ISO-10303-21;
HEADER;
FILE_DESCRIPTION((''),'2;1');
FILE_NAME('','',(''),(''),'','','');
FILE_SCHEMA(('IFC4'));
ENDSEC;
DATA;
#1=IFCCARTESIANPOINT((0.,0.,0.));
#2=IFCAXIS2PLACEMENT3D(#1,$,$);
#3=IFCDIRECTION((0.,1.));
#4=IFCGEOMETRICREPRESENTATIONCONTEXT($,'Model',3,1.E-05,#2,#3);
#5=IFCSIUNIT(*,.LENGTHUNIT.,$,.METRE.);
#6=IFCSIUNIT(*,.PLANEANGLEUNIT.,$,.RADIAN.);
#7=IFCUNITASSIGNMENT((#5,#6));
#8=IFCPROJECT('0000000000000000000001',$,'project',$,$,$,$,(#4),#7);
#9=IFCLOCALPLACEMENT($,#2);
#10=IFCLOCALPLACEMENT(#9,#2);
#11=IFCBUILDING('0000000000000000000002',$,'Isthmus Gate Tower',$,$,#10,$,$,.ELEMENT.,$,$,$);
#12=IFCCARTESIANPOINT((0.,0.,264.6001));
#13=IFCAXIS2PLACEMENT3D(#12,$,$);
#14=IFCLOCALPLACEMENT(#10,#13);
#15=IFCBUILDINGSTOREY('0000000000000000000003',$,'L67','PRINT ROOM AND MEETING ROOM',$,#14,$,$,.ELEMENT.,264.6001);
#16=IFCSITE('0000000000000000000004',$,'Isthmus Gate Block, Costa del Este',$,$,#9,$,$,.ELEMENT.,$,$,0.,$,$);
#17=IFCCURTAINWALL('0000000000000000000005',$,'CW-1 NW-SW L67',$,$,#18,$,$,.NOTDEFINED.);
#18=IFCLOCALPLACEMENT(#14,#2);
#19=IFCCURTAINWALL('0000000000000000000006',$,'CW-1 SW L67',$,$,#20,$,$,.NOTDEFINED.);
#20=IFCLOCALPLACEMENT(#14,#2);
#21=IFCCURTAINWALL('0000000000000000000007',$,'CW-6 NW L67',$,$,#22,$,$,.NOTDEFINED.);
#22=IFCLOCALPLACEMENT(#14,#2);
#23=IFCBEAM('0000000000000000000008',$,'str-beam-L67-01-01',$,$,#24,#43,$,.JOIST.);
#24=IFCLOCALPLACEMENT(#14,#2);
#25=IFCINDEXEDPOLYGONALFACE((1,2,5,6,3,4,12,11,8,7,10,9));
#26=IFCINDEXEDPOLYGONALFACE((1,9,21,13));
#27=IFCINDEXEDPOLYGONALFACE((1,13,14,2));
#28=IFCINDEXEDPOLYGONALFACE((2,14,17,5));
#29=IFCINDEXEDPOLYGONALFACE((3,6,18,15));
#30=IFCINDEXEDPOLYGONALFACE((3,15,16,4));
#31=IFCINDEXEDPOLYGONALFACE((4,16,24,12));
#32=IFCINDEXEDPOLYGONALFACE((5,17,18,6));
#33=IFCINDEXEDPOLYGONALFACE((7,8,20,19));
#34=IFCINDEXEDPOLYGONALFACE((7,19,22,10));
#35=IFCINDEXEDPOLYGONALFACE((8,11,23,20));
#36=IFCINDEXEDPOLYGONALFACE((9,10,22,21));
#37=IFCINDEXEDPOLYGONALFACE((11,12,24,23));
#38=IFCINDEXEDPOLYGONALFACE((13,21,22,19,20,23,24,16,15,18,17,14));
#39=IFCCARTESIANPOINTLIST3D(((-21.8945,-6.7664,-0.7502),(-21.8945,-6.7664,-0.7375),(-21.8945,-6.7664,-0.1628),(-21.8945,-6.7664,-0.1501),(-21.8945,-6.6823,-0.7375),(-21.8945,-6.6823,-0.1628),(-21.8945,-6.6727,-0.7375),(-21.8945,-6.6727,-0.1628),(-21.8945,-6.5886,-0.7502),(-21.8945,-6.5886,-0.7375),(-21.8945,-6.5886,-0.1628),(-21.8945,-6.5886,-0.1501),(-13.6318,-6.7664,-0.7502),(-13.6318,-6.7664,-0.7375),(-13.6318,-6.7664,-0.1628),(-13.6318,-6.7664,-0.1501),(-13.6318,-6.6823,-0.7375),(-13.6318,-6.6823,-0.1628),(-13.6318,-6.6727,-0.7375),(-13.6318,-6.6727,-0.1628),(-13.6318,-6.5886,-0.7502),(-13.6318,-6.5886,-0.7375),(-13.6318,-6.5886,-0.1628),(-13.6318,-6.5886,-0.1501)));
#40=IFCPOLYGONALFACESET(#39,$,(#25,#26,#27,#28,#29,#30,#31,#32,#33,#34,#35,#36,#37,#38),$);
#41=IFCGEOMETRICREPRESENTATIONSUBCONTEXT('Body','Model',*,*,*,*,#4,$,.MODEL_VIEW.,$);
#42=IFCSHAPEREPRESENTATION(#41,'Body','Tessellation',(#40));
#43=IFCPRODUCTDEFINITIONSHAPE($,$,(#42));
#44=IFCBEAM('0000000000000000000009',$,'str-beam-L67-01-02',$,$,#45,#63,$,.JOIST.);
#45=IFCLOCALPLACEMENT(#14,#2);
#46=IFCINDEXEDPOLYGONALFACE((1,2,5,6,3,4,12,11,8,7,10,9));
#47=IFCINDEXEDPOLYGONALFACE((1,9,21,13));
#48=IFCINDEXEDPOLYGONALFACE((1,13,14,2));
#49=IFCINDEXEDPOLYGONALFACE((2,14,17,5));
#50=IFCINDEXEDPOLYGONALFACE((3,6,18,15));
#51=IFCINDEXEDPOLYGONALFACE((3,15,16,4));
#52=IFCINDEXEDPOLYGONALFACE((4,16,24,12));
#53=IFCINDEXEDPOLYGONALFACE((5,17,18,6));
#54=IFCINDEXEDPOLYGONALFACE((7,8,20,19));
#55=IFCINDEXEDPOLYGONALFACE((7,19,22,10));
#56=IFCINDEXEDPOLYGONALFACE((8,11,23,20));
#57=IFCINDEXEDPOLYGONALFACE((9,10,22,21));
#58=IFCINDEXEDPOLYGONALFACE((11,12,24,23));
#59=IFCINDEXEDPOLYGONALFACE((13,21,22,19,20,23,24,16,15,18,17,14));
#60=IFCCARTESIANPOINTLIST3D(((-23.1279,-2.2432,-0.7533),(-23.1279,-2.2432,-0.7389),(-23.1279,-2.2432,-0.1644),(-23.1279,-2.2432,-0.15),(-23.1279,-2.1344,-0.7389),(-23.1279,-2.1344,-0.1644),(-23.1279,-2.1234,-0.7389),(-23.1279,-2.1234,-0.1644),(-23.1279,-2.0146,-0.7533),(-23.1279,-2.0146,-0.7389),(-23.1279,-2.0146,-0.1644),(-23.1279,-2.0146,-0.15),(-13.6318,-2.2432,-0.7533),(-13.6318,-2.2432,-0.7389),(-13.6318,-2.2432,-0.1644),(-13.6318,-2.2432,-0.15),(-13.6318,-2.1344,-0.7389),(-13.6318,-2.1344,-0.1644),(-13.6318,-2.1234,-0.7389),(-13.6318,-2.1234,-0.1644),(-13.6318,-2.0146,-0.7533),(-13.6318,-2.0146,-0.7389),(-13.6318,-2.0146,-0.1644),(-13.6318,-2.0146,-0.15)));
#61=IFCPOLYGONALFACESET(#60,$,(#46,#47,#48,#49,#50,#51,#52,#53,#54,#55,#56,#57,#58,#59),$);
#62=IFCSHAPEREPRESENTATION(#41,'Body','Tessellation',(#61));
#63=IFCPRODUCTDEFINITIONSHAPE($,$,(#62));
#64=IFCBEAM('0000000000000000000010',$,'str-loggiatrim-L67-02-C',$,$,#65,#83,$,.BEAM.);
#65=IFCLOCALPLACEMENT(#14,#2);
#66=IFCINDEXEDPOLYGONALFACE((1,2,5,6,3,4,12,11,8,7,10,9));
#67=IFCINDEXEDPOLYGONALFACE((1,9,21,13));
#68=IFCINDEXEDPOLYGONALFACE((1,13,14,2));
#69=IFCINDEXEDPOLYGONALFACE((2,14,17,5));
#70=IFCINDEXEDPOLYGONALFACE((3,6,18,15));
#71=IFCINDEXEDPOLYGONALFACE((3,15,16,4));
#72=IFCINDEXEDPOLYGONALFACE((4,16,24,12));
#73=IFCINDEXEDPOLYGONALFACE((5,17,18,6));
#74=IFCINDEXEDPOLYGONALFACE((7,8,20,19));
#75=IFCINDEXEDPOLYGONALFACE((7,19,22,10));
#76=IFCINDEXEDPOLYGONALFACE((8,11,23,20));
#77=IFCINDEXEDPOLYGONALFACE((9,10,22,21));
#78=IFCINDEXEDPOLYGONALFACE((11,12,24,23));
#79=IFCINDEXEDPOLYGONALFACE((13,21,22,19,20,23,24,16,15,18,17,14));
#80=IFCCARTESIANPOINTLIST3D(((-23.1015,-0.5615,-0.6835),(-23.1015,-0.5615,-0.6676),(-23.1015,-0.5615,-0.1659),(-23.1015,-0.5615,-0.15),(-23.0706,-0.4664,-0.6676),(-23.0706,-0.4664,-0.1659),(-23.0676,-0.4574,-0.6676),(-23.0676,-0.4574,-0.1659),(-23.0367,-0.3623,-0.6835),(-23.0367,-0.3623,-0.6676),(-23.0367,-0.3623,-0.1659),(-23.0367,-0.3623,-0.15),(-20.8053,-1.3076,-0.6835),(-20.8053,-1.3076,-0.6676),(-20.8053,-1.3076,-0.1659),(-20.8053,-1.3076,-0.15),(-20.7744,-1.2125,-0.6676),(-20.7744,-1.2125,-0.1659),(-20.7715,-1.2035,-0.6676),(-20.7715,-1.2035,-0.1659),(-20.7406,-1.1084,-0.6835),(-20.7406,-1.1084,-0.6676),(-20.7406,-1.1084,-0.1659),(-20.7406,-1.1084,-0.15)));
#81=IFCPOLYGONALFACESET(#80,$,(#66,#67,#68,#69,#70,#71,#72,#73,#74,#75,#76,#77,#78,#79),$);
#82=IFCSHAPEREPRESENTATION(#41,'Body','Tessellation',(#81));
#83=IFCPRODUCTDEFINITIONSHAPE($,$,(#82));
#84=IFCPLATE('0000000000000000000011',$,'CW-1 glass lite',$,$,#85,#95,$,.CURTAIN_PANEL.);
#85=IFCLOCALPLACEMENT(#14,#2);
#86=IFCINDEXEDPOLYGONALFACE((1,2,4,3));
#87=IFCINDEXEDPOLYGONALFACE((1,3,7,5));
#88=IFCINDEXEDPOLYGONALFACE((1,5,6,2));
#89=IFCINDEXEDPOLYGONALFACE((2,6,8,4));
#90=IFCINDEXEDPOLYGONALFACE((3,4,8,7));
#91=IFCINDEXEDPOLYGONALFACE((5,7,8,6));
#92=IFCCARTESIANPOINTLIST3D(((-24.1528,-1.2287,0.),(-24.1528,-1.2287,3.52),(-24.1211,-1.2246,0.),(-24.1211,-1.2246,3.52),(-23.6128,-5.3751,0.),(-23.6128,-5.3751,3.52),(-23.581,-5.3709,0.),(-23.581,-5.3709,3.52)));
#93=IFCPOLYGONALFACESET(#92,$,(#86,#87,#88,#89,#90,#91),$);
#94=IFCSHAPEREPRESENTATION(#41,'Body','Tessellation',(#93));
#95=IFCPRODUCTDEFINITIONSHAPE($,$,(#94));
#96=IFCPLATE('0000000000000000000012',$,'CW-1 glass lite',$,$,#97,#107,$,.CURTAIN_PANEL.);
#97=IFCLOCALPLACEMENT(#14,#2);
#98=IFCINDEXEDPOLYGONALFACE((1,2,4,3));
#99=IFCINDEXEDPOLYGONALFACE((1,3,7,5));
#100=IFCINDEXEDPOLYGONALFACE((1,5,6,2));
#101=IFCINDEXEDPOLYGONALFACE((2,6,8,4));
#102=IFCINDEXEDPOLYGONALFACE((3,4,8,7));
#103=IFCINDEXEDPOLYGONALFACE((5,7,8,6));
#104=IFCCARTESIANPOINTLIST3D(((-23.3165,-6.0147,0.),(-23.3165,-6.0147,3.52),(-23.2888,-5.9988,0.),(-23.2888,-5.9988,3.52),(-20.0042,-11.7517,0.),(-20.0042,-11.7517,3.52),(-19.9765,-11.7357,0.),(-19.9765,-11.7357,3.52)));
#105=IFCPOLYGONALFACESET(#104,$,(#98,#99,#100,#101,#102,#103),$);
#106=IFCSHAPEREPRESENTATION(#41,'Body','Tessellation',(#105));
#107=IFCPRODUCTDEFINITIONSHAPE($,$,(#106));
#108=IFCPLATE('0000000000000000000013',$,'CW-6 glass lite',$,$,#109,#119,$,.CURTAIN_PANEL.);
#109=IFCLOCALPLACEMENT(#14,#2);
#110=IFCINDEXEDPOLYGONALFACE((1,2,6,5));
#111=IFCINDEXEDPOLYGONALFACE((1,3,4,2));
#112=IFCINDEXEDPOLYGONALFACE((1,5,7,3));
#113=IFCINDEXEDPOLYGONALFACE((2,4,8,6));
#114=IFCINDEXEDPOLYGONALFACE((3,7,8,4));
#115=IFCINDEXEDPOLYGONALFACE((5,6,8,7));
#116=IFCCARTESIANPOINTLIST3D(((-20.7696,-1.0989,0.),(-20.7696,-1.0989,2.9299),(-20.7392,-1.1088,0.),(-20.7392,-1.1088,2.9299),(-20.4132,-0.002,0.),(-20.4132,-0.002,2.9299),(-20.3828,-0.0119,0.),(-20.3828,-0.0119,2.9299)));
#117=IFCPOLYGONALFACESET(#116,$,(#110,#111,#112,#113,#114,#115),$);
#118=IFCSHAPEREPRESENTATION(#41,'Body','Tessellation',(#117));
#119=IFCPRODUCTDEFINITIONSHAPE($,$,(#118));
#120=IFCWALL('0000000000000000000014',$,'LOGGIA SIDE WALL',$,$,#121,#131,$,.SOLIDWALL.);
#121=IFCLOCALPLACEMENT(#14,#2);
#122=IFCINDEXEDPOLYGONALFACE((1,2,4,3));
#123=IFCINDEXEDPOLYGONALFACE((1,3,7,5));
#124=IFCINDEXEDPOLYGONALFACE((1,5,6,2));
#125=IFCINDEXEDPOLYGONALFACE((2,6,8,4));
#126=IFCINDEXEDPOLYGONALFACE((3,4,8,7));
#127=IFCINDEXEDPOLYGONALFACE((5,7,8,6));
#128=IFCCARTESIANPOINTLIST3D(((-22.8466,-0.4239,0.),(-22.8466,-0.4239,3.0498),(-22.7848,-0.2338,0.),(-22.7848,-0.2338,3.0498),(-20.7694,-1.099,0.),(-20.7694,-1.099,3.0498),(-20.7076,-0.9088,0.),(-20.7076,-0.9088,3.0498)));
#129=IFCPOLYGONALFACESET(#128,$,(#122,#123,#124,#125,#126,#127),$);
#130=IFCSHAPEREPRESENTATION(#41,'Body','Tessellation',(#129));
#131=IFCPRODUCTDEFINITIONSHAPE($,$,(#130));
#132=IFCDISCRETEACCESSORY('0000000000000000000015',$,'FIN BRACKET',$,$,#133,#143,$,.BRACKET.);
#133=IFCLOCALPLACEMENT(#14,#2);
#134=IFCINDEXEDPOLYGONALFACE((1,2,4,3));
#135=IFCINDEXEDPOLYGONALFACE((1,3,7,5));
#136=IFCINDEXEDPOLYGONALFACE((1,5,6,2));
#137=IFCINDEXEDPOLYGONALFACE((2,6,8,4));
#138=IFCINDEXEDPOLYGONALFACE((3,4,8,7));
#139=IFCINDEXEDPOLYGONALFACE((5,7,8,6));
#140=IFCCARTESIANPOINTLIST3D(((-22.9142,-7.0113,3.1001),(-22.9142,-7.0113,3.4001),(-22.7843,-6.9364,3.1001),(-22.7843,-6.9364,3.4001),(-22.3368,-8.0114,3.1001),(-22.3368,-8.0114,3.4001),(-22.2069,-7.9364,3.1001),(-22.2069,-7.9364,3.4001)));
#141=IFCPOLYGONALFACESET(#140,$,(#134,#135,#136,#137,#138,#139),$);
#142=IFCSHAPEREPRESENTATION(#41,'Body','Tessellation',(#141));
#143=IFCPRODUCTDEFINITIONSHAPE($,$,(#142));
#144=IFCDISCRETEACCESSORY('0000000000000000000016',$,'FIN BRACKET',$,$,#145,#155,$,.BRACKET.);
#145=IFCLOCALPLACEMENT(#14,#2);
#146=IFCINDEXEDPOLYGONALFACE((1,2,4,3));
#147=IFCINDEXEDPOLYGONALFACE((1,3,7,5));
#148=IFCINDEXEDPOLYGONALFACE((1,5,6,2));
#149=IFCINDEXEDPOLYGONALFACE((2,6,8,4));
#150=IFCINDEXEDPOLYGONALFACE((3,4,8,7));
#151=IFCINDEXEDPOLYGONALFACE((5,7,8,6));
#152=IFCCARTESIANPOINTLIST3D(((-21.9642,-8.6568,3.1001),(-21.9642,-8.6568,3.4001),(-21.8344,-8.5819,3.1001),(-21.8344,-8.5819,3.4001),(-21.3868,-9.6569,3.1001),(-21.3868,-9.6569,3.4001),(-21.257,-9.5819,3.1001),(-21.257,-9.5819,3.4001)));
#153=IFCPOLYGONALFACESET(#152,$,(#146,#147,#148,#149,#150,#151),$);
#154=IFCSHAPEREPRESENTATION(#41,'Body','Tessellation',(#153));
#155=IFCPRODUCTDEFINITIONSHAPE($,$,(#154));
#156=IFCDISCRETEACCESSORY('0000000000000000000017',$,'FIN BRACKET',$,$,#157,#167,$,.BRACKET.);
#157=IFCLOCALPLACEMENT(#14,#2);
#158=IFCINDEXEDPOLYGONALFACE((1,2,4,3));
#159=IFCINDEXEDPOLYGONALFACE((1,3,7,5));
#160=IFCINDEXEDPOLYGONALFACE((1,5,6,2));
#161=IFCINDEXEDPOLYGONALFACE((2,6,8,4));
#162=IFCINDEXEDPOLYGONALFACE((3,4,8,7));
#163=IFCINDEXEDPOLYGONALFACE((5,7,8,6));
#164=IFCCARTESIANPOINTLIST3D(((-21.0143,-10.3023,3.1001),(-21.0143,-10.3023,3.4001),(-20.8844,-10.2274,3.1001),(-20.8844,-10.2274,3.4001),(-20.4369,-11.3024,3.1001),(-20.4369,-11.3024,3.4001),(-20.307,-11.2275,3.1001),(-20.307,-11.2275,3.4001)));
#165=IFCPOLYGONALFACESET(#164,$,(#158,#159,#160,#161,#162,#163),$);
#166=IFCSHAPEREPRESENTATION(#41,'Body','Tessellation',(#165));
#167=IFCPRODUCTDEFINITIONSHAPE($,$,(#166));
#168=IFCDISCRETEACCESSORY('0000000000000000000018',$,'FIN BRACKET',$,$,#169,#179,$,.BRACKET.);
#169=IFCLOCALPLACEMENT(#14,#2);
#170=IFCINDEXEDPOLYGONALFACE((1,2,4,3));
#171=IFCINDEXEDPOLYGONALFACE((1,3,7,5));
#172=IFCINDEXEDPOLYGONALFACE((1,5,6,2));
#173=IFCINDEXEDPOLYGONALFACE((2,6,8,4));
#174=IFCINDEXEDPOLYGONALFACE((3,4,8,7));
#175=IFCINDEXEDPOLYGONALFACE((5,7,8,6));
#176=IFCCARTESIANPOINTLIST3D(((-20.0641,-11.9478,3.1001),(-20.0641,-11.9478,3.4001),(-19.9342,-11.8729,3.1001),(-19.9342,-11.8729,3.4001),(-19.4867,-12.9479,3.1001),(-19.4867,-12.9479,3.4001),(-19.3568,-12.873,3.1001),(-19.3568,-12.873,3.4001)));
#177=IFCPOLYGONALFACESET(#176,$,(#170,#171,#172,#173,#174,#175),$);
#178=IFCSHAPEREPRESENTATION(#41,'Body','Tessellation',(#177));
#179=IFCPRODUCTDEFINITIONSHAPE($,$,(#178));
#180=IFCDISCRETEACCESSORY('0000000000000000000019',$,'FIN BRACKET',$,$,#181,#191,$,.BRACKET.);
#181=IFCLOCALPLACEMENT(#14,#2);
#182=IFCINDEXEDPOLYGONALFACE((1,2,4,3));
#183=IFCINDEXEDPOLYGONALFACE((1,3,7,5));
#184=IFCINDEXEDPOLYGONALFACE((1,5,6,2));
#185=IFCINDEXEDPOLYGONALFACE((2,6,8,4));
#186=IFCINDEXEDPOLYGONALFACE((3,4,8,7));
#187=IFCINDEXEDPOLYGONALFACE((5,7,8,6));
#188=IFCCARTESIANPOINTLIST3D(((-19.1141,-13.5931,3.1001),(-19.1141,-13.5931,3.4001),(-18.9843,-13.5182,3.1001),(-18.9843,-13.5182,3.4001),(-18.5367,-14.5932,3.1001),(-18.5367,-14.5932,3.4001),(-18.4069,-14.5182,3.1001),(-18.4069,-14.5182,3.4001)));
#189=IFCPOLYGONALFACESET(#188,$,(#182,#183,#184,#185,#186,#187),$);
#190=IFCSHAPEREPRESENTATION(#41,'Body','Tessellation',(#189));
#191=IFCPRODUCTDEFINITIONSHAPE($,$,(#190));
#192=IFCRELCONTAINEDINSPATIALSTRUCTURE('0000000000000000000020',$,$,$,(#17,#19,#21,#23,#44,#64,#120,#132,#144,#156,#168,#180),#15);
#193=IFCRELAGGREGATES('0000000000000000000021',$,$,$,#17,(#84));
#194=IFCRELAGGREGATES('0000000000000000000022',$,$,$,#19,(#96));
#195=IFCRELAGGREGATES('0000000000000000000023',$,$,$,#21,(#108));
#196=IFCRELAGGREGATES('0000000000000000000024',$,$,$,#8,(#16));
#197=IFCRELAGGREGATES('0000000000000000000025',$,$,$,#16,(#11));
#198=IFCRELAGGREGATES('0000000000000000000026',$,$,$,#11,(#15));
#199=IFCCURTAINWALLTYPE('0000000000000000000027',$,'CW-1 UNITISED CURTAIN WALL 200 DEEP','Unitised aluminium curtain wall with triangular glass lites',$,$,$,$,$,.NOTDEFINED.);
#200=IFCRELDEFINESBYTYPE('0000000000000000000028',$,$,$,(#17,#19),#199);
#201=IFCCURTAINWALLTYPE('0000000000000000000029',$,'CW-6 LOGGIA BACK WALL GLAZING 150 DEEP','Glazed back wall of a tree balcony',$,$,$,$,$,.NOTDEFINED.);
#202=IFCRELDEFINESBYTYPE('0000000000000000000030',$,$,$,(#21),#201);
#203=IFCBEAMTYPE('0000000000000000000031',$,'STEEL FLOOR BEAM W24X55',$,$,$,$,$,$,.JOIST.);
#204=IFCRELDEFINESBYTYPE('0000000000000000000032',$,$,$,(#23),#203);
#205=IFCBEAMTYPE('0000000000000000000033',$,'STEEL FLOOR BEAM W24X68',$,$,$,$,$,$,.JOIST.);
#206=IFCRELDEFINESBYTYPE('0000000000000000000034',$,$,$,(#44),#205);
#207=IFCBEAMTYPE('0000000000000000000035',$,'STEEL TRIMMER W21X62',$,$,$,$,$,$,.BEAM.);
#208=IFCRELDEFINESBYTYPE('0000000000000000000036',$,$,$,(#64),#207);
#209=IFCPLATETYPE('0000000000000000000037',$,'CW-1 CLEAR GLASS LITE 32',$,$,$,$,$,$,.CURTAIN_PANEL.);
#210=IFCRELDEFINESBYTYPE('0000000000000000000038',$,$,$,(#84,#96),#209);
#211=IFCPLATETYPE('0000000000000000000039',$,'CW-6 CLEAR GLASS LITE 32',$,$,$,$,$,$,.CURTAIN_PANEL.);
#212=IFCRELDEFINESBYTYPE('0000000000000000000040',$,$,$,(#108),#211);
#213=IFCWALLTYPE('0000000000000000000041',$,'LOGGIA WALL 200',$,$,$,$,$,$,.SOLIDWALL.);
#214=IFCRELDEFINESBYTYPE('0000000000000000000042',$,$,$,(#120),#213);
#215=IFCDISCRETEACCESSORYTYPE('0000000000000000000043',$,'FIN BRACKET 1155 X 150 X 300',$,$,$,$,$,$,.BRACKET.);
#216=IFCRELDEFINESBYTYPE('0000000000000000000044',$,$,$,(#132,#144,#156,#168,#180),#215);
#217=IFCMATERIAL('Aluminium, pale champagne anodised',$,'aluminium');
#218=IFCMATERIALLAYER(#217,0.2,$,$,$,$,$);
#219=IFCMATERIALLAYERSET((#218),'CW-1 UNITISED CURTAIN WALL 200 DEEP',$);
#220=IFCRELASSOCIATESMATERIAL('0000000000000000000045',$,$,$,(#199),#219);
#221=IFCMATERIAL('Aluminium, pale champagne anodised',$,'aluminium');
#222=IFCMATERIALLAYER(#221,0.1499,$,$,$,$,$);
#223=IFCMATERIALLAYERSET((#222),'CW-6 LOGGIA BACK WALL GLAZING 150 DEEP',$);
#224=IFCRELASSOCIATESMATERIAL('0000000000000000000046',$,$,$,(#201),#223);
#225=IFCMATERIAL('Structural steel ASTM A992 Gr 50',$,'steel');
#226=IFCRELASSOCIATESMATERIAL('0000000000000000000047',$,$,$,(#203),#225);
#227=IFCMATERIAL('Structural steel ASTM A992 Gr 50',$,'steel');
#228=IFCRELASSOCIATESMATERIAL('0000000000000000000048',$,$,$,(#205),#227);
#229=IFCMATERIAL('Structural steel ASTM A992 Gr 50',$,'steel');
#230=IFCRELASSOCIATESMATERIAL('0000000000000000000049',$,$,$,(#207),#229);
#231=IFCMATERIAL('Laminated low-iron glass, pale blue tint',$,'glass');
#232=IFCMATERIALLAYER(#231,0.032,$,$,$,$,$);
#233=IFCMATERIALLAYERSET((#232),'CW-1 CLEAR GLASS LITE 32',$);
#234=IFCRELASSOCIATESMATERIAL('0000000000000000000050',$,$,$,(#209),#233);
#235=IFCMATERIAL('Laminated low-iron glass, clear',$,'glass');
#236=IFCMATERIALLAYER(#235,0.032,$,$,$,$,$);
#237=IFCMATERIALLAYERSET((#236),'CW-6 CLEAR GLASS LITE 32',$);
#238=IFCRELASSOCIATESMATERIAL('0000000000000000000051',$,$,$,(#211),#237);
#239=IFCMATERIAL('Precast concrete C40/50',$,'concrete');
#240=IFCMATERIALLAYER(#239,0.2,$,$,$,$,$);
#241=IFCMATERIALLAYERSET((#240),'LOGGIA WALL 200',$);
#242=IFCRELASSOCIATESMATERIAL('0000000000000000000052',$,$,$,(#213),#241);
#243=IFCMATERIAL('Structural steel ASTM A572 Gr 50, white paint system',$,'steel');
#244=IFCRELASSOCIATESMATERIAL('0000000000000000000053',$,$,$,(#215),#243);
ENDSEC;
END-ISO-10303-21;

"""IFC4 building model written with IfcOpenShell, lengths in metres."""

from ifc_helpers import new_model, si_unit, direction, frame, frame_2d, origin, origin_2d, place, context, subcontext, project, spatial, rectangle, i_section, extrude, material, layer, layer_set, material_profile, profile_set, type_object, element, aggregate, save


model = new_model("IFC4")

# Units and contexts
model_context = context("Model", 3, precision=1e-05, world=origin(), true_north=direction((0.0, 1.0)))
body_context = subcontext(model_context, "Body", "Model", "MODEL_VIEW")
ifc_project = project(units=[si_unit("LENGTHUNIT", "METRE"), si_unit("PLANEANGLEUNIT", "RADIAN")], contexts=[model_context])

# Site, building, storey
site_placement = place(None, origin())
site = spatial("IfcSite", under=ifc_project, at=site_placement, Name="Isthmus Gate Block, Costa del Este", CompositionType="ELEMENT", RefElevation=0.0)
building_placement = place(site_placement, origin())
building = spatial("IfcBuilding", under=site, at=building_placement, Name="Isthmus Gate Tower", CompositionType="ELEMENT")
storey_placement = place(building_placement, frame((0.0, 0.0, 264.6001)))
storey = spatial("IfcBuildingStorey", under=building, at=storey_placement, Name="L67", Description="PRINT ROOM AND MEETING ROOM", CompositionType="ELEMENT", Elevation=264.6001)

# Curtain walls
ifc_material_1 = material(Name="Aluminium, pale champagne anodised", Category="aluminium")
ifc_layer_1 = layer(ifc_material_1, 0.2)
ifc_layer_set_1 = layer_set([ifc_layer_1], Name="CW-1 UNITISED CURTAIN WALL 200 DEEP")
curtain_wall_type_1 = type_object("IfcCurtainWallType", Name="CW-1 UNITISED CURTAIN WALL 200 DEEP", Description="Unitised aluminium curtain wall with triangular glass lites", PredefinedType="NOTDEFINED", material=ifc_layer_set_1)
curtain_wall_1_placement = place(storey_placement, origin())
curtain_wall_1 = element("IfcCurtainWall", 1, at=curtain_wall_1_placement, inside=storey, type_object=curtain_wall_type_1, Name="CW-1 NW-SW L67", PredefinedType="NOTDEFINED")
curtain_wall_2_placement = place(storey_placement, origin())
curtain_wall_2 = element("IfcCurtainWall", 2, at=curtain_wall_2_placement, inside=storey, type_object=curtain_wall_type_1, Name="CW-1 SW L67", PredefinedType="NOTDEFINED")

# Curtain wall
ifc_material_2 = material(Name="Aluminium, pale champagne anodised", Category="aluminium")
ifc_layer_2 = layer(ifc_material_2, 0.1499)
ifc_layer_set_2 = layer_set([ifc_layer_2], Name="CW-6 LOGGIA BACK WALL GLAZING 150 DEEP")
curtain_wall_type_2 = type_object("IfcCurtainWallType", Name="CW-6 LOGGIA BACK WALL GLAZING 150 DEEP", Description="Glazed back wall of a tree balcony", PredefinedType="NOTDEFINED", material=ifc_layer_set_2)
curtain_wall_3_placement = place(storey_placement, origin())
curtain_wall_3 = element("IfcCurtainWall", 3, at=curtain_wall_3_placement, inside=storey, type_object=curtain_wall_type_2, Name="CW-6 NW L67", PredefinedType="NOTDEFINED")

# Beams
ifc_material_3 = material(Name="Structural steel ASTM A992 Gr 50", Category="steel")
ifc_material_profile_1 = material_profile(ifc_material_3, i_section(OverallWidth=0.1777, OverallDepth=0.6001, WebThickness=0.0095, FlangeThickness=0.0127, at=origin_2d()), Name="W24X55")
ifc_profile_set_1 = profile_set([ifc_material_profile_1], Name="Structural steel ASTM A992 Gr 50")
beam_type_1 = type_object("IfcBeamType", Name="STEEL FLOOR BEAM W24X55", PredefinedType="JOIST", material=ifc_profile_set_1)
beam_1_placement = place(storey_placement, frame((-21.8945, -6.6775, -0.4502), z_axis=(1.0, 0.0, 0.0), x_axis=(0.0, 1.0, 0.0)))
element("IfcBeam", 4, at=beam_1_placement, inside=storey, type_object=beam_type_1, Name="str-beam-L67-01-01", PredefinedType="JOIST", context=body_context, shape_type="SweptSolid", body=[
    extrude(i_section(OverallWidth=0.1777, OverallDepth=0.6001, WebThickness=0.0095, FlangeThickness=0.0127, at=origin_2d()), origin(), (0.0, 0.0, 1.0), 8.2627),
])
ifc_material_4 = material(Name="Structural steel ASTM A992 Gr 50", Category="steel")
ifc_material_profile_2 = material_profile(ifc_material_4, i_section(OverallWidth=0.2285, OverallDepth=0.6033, WebThickness=0.011, FlangeThickness=0.0144, at=origin_2d()), Name="W24X68")
ifc_profile_set_2 = profile_set([ifc_material_profile_2], Name="Structural steel ASTM A992 Gr 50")
beam_type_2 = type_object("IfcBeamType", Name="STEEL FLOOR BEAM W24X68", PredefinedType="JOIST", material=ifc_profile_set_2)
beam_2_placement = place(storey_placement, frame((-23.1279, -2.1289, -0.4517), z_axis=(1.0, 0.0, 0.0), x_axis=(0.0, 1.0, 0.0)))
element("IfcBeam", 5, at=beam_2_placement, inside=storey, type_object=beam_type_2, Name="str-beam-L67-01-02", PredefinedType="JOIST", context=body_context, shape_type="SweptSolid", body=[
    extrude(i_section(OverallWidth=0.2285, OverallDepth=0.6033, WebThickness=0.011, FlangeThickness=0.0144, at=origin_2d()), origin(), (0.0, 0.0, 1.0), 9.4961),
])
ifc_material_5 = material(Name="Structural steel ASTM A992 Gr 50", Category="steel")
ifc_material_profile_3 = material_profile(ifc_material_5, i_section(OverallWidth=0.2095, OverallDepth=0.5334, WebThickness=0.0095, FlangeThickness=0.0159, at=origin_2d()), Name="W21X62")
ifc_profile_set_3 = profile_set([ifc_material_profile_3], Name="Structural steel ASTM A992 Gr 50")
beam_type_3 = type_object("IfcBeamType", Name="STEEL TRIMMER W21X62", PredefinedType="BEAM", material=ifc_profile_set_3)
beam_3_placement = place(storey_placement, frame((-23.0691, -0.4619, -0.4167), z_axis=(0.951053, -0.309029, 0.0), x_axis=(0.309029, 0.951053, 0.0)))
element("IfcBeam", 6, at=beam_3_placement, inside=storey, type_object=beam_type_3, Name="str-loggiatrim-L67-02-C", PredefinedType="BEAM", context=body_context, shape_type="SweptSolid", body=[
    extrude(i_section(OverallWidth=0.2095, OverallDepth=0.5334, WebThickness=0.0095, FlangeThickness=0.0159, at=origin_2d()), origin(), (0.0, 0.0, 1.0), 2.4143),
])

# Plates
ifc_material_6 = material(Name="Laminated low-iron glass, pale blue tint", Category="glass")
ifc_layer_3 = layer(ifc_material_6, 0.032)
ifc_layer_set_3 = layer_set([ifc_layer_3], Name="CW-1 CLEAR GLASS LITE 32")
plate_type_1 = type_object("IfcPlateType", Name="CW-1 CLEAR GLASS LITE 32", PredefinedType="CURTAIN_PANEL", material=ifc_layer_set_3)
plate_1_placement = place(storey_placement, frame((-23.8669, -3.2998, 0.0), z_axis=(0.0, 0.0, 1.0), x_axis=(0.129165, -0.991623, 0.0)))
plate_1 = element("IfcPlate", 7, at=plate_1_placement, type_object=plate_type_1, Name="CW-1 glass lite", PredefinedType="CURTAIN_PANEL", context=body_context, shape_type="SweptSolid", body=[
    extrude(rectangle(XDim=4.1814, YDim=0.032, at=origin_2d()), origin(), (0.0, 0.0, 1.0), 3.52),
])
aggregate(curtain_wall_1, [plate_1])
plate_2_placement = place(storey_placement, frame((-21.6465, -8.8752, 0.0), z_axis=(0.0, 0.0, 1.0), x_axis=(0.5, -0.866025, 0.0)))
plate_2 = element("IfcPlate", 8, at=plate_2_placement, type_object=plate_type_1, Name="CW-1 glass lite", PredefinedType="CURTAIN_PANEL", context=body_context, shape_type="SweptSolid", body=[
    extrude(rectangle(XDim=6.6245, YDim=0.032, at=origin_2d()), origin(), (0.0, 0.0, 1.0), 3.52),
])
aggregate(curtain_wall_2, [plate_2])
ifc_material_7 = material(Name="Laminated low-iron glass, clear", Category="glass")
ifc_layer_4 = layer(ifc_material_7, 0.032)
ifc_layer_set_4 = layer_set([ifc_layer_4], Name="CW-6 CLEAR GLASS LITE 32")
plate_type_2 = type_object("IfcPlateType", Name="CW-6 CLEAR GLASS LITE 32", PredefinedType="CURTAIN_PANEL", material=ifc_layer_set_4)
plate_3_placement = place(storey_placement, frame((-20.5762, -0.5554, 0.0), z_axis=(0.0, 0.0, 1.0), x_axis=(-0.309017, -0.951057, 0.0)))
plate_3 = element("IfcPlate", 9, at=plate_3_placement, type_object=plate_type_2, Name="CW-6 glass lite", PredefinedType="CURTAIN_PANEL", context=body_context, shape_type="SweptSolid", body=[
    extrude(rectangle(XDim=1.1533, YDim=0.032, at=origin_2d()), origin(), (0.0, 0.0, 1.0), 2.9299),
])
aggregate(curtain_wall_3, [plate_3])

# Wall
ifc_material_8 = material(Name="Precast concrete C40/50", Category="concrete")
ifc_layer_5 = layer(ifc_material_8, 0.2)
ifc_layer_set_5 = layer_set([ifc_layer_5], Name="LOGGIA WALL 200")
wall_type = type_object("IfcWallType", Name="LOGGIA WALL 200", PredefinedType="SOLIDWALL", material=ifc_layer_set_5)
wall_placement = place(storey_placement, frame((-22.8157, -0.3289, 0.0), z_axis=(0.0, 0.0, 1.0), x_axis=(0.951037, -0.309076, 0.0)))
element("IfcWall", 10, at=wall_placement, inside=storey, type_object=wall_type, Name="LOGGIA SIDE WALL", PredefinedType="SOLIDWALL", context=body_context, shape_type="SweptSolid", body=[
    extrude(rectangle(XDim=2.1841, YDim=0.2, at=frame_2d((1.092, 0.0))), origin(), (0.0, 0.0, 1.0), 3.0498),
])

# Discrete accessories
ifc_material_9 = material(Name="Structural steel ASTM A572 Gr 50, white paint system", Category="steel")
discrete_accessory_type_1 = type_object("IfcDiscreteAccessoryType", Name="FIN BRACKET 1155 X 150 X 300", PredefinedType="BRACKET", material=ifc_material_9)
for number, where, z_axis, x_axis, name in (
    (11, (-22.5605, -7.4739, 3.1001), (0.0, 0.0, 1.0), (-0.866025, -0.5, 0.0), "FIN BRACKET"),
    (12, (-21.6106, -9.1194, 3.1001), (0.0, 0.0, 1.0), (-0.866025, -0.5, 0.0), "FIN BRACKET"),
    (13, (-20.6606, -10.7649, 3.1001), (0.0, 0.0, 1.0), (-0.866025, -0.5, 0.0), "FIN BRACKET"),
    (14, (-19.7104, -12.4104, 3.1001), (0.0, 0.0, 1.0), (-0.866025, -0.5, 0.0), "FIN BRACKET"),
    (15, (-18.7605, -14.0557, 3.1001), (0.0, 0.0, 1.0), (-0.866025, -0.5, 0.0), "FIN BRACKET"),
):
    element("IfcDiscreteAccessory", number, at=place(storey_placement, frame(where, z_axis=z_axis, x_axis=x_axis)), inside=storey, type_object=discrete_accessory_type_1, Name=name, PredefinedType="BRACKET", context=body_context, shape_type="SweptSolid", body=[
        extrude(rectangle(XDim=0.1499, YDim=1.1548, at=origin_2d()), origin(), (0.0, 0.0, 1.0), 0.3),
    ])

save(model, "model.ifc")
